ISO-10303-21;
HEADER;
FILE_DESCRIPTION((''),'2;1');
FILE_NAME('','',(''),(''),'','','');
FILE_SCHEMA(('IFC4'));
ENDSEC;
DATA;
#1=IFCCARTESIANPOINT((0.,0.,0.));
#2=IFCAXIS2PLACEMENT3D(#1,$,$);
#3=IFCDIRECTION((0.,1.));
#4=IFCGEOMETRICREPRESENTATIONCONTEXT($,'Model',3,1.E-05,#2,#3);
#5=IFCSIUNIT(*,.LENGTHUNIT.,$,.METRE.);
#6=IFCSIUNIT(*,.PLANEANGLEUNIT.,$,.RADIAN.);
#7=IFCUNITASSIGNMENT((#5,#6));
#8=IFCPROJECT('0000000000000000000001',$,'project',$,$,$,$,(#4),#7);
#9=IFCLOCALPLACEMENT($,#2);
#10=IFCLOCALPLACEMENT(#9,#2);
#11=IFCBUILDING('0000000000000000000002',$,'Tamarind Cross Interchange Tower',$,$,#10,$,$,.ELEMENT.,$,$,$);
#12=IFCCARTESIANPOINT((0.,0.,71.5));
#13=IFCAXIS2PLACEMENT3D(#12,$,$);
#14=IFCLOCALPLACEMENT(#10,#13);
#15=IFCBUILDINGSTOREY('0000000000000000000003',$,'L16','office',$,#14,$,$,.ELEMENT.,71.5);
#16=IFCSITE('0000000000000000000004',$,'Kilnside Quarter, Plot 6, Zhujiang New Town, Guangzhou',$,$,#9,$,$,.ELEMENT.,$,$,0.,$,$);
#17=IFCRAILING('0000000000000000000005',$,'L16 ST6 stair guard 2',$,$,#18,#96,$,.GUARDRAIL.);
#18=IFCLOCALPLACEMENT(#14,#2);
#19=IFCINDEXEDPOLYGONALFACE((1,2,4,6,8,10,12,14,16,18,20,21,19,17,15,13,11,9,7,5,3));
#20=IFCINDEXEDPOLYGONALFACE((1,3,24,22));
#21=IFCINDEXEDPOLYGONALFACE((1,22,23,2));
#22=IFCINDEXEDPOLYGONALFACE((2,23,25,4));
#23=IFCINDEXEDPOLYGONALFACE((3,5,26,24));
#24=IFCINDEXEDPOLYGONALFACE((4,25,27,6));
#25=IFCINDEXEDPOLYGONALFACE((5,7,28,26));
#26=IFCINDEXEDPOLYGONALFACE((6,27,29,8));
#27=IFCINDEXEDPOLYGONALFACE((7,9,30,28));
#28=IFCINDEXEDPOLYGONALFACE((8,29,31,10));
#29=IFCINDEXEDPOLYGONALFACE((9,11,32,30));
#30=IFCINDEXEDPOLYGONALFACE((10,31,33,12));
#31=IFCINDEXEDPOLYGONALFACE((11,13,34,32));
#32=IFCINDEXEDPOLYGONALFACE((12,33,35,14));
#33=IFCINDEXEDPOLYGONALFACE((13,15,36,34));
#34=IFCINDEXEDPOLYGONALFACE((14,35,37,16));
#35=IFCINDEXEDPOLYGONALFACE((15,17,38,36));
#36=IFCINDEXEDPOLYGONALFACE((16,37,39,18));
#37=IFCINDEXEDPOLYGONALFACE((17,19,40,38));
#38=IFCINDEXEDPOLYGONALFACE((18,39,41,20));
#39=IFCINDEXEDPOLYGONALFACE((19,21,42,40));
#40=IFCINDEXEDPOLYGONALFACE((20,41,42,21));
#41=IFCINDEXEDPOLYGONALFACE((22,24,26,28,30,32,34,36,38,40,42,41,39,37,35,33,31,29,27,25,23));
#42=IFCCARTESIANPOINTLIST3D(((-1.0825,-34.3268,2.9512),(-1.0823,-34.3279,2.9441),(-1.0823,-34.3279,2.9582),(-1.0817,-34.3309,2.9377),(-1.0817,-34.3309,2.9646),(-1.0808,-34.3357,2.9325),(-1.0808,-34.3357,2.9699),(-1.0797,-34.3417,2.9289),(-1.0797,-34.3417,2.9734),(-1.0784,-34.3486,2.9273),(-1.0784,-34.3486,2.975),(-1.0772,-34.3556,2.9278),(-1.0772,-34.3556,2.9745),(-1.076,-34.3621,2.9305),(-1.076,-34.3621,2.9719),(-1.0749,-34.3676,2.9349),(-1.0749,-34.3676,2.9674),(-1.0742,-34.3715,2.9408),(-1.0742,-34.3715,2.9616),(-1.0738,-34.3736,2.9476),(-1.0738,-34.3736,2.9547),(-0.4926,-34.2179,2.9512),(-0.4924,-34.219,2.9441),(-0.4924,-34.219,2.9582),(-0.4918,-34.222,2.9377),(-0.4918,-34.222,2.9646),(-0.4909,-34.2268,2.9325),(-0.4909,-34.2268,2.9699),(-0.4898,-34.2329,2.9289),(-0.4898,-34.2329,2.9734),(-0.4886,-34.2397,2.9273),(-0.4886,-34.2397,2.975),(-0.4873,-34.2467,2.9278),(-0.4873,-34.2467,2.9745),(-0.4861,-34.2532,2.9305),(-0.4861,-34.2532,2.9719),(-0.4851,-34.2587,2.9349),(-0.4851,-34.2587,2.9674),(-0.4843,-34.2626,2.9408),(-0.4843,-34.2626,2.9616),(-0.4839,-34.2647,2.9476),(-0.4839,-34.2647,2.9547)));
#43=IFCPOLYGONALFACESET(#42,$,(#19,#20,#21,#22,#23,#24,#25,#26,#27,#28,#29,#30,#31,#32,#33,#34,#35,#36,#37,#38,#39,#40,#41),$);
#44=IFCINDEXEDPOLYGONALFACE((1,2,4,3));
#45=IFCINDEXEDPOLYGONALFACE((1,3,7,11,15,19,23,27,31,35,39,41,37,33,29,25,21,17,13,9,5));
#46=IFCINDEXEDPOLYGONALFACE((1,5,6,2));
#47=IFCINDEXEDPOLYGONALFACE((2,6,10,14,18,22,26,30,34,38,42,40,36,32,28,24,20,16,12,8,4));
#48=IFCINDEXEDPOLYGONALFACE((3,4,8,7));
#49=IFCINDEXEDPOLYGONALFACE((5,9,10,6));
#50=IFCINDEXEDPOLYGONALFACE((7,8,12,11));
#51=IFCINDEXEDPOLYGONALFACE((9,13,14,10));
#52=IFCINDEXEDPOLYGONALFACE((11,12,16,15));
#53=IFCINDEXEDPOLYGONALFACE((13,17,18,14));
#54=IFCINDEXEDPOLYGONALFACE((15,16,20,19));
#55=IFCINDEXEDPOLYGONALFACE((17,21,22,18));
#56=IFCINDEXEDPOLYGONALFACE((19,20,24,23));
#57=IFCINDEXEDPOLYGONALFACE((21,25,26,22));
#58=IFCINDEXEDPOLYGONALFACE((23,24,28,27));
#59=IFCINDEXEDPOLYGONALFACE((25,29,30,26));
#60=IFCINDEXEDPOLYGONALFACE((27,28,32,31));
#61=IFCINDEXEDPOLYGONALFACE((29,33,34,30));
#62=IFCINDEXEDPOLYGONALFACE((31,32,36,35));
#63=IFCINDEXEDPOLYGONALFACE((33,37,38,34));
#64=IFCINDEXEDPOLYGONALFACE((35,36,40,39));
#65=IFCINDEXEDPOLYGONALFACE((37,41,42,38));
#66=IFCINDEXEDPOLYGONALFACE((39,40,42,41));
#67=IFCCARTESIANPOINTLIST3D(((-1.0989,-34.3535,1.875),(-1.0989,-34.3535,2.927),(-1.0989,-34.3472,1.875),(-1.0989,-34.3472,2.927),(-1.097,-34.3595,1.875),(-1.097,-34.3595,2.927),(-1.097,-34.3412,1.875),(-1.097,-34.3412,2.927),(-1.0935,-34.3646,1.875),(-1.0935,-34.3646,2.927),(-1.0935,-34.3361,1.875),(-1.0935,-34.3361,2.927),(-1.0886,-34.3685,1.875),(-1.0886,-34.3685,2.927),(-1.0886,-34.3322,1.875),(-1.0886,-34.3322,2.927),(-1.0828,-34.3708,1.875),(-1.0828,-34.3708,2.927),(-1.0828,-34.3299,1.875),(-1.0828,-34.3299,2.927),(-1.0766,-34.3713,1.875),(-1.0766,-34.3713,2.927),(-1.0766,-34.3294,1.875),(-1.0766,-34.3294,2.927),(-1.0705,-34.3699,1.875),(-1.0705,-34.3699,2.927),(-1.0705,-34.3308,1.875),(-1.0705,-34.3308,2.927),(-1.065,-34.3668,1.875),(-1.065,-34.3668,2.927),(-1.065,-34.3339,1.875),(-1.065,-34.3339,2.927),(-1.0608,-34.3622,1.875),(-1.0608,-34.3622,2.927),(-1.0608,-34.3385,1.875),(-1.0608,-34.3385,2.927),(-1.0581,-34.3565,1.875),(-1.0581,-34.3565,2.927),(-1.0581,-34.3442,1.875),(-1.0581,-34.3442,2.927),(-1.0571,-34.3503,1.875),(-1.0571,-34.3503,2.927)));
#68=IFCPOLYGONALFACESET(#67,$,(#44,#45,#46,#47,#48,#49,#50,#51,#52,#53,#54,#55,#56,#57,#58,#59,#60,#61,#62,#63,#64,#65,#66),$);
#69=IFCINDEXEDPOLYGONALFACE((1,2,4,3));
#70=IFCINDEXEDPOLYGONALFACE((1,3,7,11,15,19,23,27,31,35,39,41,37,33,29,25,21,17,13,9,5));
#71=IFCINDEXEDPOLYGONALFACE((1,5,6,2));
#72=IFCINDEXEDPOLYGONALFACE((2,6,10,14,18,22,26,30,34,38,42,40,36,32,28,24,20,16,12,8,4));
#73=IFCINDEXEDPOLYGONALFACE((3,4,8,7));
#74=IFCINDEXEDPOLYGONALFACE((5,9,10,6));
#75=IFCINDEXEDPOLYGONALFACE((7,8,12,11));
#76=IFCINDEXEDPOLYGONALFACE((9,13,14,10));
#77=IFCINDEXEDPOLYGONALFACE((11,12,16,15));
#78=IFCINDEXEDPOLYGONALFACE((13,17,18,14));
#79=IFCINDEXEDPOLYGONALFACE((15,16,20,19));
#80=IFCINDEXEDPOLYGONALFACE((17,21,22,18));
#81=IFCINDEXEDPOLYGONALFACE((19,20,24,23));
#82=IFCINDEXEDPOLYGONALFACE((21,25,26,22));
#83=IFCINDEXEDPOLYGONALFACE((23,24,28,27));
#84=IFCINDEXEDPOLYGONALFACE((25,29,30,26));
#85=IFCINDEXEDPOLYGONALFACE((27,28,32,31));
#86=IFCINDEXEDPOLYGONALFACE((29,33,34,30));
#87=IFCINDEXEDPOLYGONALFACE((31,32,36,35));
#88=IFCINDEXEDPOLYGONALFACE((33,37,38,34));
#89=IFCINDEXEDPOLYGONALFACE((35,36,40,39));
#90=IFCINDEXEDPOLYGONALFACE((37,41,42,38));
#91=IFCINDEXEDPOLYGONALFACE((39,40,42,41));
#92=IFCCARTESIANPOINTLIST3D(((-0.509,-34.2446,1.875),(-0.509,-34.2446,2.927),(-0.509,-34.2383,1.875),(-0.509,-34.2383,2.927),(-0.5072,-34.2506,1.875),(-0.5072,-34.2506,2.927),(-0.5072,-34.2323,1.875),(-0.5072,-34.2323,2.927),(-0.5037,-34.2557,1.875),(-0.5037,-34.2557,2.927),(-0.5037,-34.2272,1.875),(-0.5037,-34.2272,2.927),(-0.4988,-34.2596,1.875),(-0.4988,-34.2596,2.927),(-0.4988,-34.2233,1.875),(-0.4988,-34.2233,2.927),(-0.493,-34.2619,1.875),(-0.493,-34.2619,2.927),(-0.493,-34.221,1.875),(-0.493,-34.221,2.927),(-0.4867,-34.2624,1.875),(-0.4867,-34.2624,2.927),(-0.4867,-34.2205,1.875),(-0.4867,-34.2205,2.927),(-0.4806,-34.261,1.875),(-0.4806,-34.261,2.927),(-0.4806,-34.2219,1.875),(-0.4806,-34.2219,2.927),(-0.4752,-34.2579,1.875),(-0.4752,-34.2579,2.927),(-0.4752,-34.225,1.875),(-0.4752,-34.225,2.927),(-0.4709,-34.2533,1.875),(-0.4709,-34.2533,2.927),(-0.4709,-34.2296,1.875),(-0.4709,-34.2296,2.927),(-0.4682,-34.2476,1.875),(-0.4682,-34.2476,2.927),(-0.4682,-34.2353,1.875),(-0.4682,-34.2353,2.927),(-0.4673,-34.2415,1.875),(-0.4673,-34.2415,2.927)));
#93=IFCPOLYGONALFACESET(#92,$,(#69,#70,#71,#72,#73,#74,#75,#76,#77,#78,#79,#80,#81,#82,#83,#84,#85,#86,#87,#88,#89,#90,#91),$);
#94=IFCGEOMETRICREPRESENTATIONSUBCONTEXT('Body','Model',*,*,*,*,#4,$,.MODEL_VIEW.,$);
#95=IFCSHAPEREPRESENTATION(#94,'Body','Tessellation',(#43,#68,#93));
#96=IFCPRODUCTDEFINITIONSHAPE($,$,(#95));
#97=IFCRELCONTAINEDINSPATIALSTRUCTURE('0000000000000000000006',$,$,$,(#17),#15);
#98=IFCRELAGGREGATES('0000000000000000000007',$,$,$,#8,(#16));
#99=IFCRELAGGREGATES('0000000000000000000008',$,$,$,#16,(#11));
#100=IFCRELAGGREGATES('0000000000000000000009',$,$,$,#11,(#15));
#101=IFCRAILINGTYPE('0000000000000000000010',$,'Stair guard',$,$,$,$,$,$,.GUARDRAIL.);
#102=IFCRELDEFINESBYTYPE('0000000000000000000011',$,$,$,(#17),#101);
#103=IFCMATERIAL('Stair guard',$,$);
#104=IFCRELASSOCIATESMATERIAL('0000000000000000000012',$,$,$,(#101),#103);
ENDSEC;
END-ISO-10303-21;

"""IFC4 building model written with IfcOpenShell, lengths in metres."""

from ifc_helpers import new_model, si_unit, direction, frame, origin, origin_2d, place, context, subcontext, project, spatial, circle, extrude, material, type_object, element, save


model = new_model("IFC4")

# Units and contexts
model_context = context("Model", 3, precision=1e-05, world=origin(), true_north=direction((0.0, 1.0)))
body_context = subcontext(model_context, "Body", "Model", "MODEL_VIEW")
ifc_project = project(units=[si_unit("LENGTHUNIT", "METRE"), si_unit("PLANEANGLEUNIT", "RADIAN")], contexts=[model_context])

# Site, building, storey
site_placement = place(None, origin())
site = spatial("IfcSite", under=ifc_project, at=site_placement, Name="Kilnside Quarter, Plot 6, Zhujiang New Town, Guangzhou", CompositionType="ELEMENT", RefElevation=0.0)
building_placement = place(site_placement, origin())
building = spatial("IfcBuilding", under=site, at=building_placement, Name="Tamarind Cross Interchange Tower", CompositionType="ELEMENT")
storey_placement = place(building_placement, frame((0.0, 0.0, 71.5)))
storey = spatial("IfcBuildingStorey", under=building, at=storey_placement, Name="L16", Description="office", CompositionType="ELEMENT", Elevation=71.5)

# Railing
ifc_material_1 = material(Name="Stair guard")
railing_type_1 = type_object("IfcRailingType", Name="Stair guard", PredefinedType="GUARDRAIL", material=ifc_material_1)
railing_1_placement = place(storey_placement, frame((-1.0781, -34.3503, 1.875)))
element("IfcRailing", 1, at=railing_1_placement, inside=storey, type_object=railing_type_1, Name="L16 ST6 stair guard 2", PredefinedType="GUARDRAIL", context=body_context, shape_type="SweptSolid", body=[
    extrude(circle(Radius=0.0239, at=origin_2d()), frame((0.0, 0.0, 1.0762), z_axis=(0.983384, 0.181535, 0.0), x_axis=(-0.181535, 0.983384, 0.0)), (0.0, 0.0, 1.0), 0.5999),
    extrude(circle(Radius=0.021, at=origin_2d()), origin(), (0.0, 0.0, 1.0), 1.052),
    extrude(circle(Radius=0.021, at=origin_2d()), frame((0.5898, 0.1089, 0.0)), (0.0, 0.0, 1.0), 1.052),
])

save(model, "model.ifc")
